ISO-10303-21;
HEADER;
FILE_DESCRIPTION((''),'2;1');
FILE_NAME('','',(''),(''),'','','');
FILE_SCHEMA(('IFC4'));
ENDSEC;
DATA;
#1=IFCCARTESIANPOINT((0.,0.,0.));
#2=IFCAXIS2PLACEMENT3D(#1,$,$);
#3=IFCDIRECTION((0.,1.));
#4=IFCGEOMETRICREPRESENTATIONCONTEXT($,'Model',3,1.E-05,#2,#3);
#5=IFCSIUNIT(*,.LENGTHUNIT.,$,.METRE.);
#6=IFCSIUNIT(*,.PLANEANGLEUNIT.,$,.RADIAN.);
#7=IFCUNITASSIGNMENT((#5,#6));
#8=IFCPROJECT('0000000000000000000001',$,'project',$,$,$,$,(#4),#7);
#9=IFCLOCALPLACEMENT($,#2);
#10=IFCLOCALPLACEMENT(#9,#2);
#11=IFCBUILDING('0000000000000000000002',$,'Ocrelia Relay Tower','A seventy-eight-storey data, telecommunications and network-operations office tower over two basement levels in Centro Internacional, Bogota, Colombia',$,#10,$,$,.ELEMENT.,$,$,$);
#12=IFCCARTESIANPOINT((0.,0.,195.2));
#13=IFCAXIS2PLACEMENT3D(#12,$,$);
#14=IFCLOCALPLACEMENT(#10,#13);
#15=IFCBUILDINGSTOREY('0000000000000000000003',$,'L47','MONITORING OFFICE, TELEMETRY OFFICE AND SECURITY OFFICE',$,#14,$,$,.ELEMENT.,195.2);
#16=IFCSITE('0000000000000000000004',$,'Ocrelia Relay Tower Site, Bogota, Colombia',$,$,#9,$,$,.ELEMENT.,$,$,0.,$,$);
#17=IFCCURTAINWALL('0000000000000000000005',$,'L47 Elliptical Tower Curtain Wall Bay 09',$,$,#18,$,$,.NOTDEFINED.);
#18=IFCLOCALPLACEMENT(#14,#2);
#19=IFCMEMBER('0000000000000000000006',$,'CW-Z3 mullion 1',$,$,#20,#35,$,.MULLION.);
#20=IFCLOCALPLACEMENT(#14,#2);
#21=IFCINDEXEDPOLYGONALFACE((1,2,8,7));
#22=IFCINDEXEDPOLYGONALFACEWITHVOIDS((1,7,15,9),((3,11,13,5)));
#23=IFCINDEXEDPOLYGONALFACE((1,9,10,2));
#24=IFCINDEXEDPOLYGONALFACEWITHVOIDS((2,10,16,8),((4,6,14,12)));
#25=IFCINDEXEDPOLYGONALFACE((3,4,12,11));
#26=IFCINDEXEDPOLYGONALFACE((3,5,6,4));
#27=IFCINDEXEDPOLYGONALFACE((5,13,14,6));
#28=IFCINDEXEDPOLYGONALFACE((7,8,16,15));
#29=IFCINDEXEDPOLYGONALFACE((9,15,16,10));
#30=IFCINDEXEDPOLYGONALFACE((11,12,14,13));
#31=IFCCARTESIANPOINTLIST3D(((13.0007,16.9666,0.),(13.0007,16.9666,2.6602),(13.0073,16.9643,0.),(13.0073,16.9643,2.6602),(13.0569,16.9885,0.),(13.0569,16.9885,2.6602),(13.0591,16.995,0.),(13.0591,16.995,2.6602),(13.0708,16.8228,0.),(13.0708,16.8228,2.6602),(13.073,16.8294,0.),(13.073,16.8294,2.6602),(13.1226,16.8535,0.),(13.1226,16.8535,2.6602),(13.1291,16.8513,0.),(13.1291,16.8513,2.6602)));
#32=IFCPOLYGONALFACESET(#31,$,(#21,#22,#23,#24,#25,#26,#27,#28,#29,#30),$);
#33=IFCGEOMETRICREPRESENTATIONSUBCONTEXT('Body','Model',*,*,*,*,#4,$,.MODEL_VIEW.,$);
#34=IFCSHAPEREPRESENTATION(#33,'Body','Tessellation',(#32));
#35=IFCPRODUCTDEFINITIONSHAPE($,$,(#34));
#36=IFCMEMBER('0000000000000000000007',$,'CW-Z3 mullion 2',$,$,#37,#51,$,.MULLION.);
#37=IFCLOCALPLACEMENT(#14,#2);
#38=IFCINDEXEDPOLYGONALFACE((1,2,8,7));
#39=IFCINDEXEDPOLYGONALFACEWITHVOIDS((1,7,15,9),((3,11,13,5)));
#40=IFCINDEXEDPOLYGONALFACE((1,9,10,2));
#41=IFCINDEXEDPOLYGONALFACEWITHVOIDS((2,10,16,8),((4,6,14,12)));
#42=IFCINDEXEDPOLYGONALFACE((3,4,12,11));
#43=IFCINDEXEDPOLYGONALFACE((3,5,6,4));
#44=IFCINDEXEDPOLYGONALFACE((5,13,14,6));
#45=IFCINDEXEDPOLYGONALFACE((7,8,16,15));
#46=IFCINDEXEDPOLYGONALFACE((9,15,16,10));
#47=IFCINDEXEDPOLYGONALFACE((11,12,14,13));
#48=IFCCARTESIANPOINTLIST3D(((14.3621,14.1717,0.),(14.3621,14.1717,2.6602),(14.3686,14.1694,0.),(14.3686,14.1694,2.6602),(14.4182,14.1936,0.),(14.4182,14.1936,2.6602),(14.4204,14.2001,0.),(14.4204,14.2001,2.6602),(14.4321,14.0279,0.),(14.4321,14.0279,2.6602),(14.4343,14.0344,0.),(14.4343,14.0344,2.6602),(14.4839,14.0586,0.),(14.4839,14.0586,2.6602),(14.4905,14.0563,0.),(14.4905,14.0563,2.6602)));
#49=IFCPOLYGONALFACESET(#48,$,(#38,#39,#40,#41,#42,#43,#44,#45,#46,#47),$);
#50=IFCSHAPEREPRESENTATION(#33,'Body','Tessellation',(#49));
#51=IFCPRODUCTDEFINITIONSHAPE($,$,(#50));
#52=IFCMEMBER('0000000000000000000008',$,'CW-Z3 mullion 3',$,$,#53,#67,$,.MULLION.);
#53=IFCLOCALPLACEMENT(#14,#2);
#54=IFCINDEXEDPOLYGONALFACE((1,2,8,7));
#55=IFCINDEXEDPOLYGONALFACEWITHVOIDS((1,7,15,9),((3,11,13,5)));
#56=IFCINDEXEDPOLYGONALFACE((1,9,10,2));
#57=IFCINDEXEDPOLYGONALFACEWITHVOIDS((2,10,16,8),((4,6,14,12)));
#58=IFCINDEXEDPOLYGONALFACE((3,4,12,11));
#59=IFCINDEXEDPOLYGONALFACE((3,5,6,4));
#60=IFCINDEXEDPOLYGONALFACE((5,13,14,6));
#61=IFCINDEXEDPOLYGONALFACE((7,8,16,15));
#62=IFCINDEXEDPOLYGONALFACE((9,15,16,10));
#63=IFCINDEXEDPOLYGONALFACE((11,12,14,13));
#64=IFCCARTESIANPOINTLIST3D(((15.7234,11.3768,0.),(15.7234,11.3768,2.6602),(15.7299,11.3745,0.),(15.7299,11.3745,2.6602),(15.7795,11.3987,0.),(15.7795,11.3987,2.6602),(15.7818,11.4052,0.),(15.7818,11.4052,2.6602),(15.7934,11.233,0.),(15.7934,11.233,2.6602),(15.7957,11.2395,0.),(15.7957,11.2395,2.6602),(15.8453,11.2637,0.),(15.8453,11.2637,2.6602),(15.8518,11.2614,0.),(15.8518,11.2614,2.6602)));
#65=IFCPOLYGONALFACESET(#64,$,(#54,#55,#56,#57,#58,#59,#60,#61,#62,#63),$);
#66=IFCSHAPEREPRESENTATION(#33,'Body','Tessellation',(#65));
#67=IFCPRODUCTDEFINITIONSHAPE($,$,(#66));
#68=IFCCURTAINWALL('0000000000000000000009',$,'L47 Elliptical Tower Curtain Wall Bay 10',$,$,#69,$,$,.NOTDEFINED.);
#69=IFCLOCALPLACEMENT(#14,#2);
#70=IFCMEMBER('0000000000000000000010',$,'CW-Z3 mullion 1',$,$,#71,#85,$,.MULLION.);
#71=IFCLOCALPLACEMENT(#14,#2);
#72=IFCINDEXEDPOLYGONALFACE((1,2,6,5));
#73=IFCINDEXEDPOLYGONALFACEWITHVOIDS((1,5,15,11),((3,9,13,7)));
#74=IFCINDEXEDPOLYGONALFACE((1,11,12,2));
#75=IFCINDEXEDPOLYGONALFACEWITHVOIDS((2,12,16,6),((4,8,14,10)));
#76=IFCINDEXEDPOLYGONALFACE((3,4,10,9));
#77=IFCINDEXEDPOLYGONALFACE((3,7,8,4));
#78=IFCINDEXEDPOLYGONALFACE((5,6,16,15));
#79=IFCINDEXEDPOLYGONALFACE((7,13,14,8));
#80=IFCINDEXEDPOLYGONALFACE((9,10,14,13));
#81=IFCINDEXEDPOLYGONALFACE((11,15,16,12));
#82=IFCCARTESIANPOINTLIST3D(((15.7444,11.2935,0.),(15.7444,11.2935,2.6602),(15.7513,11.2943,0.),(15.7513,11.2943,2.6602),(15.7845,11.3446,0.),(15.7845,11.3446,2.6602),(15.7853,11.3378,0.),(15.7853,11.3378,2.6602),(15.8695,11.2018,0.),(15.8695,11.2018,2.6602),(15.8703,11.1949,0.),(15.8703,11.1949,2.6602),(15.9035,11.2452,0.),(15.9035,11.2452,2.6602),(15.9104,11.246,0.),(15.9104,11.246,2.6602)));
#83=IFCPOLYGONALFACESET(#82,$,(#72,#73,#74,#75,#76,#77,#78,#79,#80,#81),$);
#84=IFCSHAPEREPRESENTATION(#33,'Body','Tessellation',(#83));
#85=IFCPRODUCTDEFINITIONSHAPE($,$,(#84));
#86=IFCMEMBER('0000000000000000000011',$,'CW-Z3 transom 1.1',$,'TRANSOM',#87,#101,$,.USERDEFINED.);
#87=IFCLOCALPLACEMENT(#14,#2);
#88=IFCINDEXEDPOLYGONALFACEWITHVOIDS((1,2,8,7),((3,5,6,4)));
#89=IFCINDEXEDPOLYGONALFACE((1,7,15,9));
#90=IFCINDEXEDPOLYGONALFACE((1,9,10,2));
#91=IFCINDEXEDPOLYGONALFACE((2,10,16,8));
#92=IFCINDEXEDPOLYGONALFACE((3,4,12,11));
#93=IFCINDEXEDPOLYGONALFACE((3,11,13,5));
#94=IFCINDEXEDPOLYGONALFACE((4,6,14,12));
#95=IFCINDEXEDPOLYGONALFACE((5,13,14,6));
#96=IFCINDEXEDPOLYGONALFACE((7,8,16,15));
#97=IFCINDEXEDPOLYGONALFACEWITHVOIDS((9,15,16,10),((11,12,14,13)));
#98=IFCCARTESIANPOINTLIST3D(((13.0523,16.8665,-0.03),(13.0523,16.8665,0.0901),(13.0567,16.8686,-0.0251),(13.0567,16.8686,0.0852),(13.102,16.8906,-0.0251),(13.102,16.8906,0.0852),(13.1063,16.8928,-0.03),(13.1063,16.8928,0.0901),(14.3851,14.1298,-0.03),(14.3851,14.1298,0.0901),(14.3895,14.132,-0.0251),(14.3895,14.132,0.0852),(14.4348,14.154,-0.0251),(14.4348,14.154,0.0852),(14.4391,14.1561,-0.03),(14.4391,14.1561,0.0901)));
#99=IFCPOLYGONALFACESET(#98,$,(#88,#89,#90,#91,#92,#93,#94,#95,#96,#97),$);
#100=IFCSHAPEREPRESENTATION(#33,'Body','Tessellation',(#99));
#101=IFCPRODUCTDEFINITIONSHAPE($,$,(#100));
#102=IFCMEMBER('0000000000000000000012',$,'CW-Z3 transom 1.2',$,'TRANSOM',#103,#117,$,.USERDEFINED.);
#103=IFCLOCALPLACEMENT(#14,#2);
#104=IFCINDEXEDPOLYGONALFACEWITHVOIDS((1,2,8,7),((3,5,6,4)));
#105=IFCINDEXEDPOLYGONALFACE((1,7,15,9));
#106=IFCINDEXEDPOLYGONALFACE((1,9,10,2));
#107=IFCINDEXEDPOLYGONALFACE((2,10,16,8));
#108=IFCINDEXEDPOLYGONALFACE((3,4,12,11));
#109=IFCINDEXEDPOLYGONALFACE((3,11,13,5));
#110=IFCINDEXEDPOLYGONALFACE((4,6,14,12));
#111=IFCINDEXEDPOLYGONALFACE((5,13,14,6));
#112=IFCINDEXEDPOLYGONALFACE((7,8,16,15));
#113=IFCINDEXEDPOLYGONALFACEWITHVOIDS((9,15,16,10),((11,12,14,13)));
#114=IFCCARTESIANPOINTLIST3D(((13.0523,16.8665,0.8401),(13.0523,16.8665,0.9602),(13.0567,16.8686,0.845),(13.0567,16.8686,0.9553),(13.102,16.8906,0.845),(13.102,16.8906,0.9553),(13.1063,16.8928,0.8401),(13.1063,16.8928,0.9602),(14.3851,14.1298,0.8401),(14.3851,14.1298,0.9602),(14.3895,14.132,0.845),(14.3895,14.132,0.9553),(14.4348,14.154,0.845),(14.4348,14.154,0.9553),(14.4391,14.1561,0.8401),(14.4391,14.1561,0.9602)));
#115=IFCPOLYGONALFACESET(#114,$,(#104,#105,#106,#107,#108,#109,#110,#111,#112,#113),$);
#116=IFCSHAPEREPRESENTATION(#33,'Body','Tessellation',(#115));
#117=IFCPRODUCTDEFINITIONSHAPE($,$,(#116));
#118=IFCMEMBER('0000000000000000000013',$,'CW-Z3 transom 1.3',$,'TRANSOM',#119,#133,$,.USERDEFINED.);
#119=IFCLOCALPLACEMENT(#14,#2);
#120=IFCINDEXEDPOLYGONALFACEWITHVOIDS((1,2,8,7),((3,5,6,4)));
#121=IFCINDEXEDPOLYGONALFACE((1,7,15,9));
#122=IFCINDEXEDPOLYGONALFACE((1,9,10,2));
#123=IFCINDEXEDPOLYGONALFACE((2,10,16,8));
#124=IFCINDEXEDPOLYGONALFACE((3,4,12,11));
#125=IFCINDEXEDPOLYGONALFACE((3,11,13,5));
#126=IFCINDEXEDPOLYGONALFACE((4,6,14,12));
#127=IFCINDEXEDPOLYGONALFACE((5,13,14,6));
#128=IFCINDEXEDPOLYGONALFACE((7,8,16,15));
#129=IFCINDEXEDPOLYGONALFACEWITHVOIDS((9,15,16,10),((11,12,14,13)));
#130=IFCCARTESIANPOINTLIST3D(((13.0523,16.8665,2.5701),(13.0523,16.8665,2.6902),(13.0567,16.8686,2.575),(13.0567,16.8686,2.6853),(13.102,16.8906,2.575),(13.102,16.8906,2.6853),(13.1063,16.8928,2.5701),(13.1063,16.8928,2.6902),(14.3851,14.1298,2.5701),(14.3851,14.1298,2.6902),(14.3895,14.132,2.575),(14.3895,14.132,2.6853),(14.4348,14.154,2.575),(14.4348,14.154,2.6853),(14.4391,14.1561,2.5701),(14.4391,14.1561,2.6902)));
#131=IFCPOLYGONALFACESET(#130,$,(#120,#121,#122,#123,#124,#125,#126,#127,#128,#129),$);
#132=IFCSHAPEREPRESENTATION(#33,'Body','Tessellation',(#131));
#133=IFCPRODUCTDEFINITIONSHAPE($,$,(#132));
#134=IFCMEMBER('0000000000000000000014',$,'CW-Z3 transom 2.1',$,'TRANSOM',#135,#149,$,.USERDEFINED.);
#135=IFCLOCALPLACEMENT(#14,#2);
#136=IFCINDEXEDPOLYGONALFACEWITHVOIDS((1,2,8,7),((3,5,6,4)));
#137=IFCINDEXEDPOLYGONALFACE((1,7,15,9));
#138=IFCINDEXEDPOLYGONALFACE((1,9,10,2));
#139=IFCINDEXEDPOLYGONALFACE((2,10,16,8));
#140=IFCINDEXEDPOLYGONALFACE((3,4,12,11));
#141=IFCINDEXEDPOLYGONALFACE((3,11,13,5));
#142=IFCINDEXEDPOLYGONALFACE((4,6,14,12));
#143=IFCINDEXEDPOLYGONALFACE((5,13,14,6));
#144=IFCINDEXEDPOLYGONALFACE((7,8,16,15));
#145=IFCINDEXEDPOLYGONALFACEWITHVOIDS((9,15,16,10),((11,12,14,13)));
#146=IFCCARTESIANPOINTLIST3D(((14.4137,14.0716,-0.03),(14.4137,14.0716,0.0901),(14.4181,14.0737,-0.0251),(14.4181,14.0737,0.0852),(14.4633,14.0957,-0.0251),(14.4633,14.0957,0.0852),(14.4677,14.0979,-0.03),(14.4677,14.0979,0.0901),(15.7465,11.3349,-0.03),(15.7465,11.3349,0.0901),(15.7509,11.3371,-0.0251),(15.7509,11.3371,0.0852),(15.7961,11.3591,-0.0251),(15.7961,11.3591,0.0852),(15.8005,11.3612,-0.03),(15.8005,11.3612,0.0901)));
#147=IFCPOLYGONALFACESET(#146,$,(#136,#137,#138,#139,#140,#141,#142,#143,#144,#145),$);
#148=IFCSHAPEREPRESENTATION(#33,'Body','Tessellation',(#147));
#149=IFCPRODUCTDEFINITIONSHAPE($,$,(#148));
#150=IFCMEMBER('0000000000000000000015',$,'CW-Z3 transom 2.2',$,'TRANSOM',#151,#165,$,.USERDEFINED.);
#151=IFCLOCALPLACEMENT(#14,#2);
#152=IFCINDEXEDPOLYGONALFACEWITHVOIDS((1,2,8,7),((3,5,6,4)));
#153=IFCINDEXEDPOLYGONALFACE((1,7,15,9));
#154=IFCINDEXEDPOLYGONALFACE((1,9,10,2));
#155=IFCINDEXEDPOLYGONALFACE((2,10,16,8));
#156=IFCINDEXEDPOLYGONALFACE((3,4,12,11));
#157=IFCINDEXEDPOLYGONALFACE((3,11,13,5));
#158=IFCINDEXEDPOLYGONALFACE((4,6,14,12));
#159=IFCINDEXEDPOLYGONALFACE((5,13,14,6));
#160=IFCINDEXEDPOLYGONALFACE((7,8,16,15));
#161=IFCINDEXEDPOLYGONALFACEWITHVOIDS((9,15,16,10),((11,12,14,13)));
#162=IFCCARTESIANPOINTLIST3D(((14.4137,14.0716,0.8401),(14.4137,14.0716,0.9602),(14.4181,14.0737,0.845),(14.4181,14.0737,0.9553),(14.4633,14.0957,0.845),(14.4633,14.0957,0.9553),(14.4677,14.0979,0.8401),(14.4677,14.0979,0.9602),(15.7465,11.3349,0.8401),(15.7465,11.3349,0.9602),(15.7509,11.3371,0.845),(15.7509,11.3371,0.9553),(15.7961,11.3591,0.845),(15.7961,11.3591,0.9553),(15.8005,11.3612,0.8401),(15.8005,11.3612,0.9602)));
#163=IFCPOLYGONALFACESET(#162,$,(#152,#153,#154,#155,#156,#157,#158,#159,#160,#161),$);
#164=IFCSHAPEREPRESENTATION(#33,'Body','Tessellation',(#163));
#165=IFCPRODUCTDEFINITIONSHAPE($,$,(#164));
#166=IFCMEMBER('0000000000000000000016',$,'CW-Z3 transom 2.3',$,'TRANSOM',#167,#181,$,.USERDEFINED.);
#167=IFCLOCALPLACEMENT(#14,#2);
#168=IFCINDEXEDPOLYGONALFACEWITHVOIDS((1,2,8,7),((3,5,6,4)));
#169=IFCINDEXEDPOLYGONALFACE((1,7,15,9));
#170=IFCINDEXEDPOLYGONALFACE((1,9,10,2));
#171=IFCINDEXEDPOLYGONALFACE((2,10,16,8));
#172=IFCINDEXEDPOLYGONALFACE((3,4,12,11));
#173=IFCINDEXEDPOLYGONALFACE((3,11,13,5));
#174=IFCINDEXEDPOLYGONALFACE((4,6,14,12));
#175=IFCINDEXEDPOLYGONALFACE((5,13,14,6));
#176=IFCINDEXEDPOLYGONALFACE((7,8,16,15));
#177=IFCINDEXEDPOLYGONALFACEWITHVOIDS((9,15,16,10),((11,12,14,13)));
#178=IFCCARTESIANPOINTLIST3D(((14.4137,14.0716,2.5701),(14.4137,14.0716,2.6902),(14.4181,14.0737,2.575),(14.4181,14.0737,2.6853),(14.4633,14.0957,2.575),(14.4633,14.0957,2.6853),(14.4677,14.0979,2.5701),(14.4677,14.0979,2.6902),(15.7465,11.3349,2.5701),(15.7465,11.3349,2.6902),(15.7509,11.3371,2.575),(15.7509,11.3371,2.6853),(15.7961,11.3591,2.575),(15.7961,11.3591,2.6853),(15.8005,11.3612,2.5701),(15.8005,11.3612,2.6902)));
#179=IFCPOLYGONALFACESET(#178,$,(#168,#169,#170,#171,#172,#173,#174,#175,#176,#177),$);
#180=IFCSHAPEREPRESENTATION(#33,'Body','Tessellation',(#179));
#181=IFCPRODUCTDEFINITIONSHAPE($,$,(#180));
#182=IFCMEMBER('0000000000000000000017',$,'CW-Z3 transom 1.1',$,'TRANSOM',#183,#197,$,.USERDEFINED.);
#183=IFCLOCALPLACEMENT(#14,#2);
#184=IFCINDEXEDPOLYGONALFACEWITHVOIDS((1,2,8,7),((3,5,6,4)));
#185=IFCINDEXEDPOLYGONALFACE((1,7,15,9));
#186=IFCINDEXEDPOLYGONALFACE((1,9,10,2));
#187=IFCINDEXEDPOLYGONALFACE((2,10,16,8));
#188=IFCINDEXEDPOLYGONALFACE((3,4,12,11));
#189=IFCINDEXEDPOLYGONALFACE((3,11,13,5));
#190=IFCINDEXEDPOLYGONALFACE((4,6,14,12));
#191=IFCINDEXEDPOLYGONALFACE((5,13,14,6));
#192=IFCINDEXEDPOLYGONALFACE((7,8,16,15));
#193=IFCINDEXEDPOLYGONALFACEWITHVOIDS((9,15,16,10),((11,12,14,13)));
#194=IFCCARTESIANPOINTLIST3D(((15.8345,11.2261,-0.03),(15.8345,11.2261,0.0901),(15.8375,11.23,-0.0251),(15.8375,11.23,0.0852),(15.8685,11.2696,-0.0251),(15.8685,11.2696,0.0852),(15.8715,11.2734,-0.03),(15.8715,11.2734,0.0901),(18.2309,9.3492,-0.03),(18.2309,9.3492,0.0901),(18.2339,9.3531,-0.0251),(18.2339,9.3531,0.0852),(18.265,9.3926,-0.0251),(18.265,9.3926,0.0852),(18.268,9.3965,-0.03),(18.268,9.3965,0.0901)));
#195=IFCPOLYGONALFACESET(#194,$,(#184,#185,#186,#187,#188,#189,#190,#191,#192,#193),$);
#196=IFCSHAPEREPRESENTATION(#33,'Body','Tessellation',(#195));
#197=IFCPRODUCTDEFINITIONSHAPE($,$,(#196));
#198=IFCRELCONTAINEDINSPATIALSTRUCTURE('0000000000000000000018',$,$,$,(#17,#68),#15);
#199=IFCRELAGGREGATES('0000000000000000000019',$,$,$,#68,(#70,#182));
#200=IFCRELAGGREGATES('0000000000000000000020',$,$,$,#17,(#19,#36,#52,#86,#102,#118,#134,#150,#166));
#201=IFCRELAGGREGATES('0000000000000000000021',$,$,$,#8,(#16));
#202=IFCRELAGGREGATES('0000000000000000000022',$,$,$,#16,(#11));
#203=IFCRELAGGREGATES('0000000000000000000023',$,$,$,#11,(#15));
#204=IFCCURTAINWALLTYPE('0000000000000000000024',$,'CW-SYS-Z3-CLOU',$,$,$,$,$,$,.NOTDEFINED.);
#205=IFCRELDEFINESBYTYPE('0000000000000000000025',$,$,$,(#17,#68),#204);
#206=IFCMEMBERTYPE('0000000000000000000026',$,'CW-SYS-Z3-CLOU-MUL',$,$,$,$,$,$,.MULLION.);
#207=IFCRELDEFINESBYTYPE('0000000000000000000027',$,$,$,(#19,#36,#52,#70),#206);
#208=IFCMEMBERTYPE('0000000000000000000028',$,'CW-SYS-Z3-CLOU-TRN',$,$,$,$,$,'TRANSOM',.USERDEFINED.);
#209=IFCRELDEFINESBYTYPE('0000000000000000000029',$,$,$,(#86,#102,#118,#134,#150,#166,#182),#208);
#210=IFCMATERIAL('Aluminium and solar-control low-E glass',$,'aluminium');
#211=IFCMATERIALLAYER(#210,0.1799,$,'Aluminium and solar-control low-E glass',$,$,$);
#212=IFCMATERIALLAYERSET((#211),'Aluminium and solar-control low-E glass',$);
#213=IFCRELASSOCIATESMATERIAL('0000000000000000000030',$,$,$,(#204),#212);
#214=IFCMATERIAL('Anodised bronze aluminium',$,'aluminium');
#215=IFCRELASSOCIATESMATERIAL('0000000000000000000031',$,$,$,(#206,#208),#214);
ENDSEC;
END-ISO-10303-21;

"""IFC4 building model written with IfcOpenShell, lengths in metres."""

from ifc_helpers import new_model, si_unit, direction, frame, origin, origin_2d, place, context, subcontext, project, spatial, hollow_rectangle, extrude, material, layer, layer_set, material_profile, profile_set, type_object, element, aggregate, save


model = new_model("IFC4")

# Units and contexts
model_context = context("Model", 3, precision=1e-05, world=origin(), true_north=direction((0.0, 1.0)))
body_context = subcontext(model_context, "Body", "Model", "MODEL_VIEW")
ifc_project = project(units=[si_unit("LENGTHUNIT", "METRE"), si_unit("PLANEANGLEUNIT", "RADIAN")], contexts=[model_context])

# Site, building, storey
site_placement = place(None, origin())
site = spatial("IfcSite", under=ifc_project, at=site_placement, Name="Ocrelia Relay Tower Site, Bogota, Colombia", CompositionType="ELEMENT", RefElevation=0.0)
building_placement = place(site_placement, origin())
building = spatial("IfcBuilding", under=site, at=building_placement, Name="Ocrelia Relay Tower", Description="A seventy-eight-storey data, telecommunications and network-operations office tower over two basement levels in Centro Internacional, Bogota, Colombia", CompositionType="ELEMENT")
storey_placement = place(building_placement, frame((0.0, 0.0, 195.2)))
storey = spatial("IfcBuildingStorey", under=building, at=storey_placement, Name="L47", Description="MONITORING OFFICE, TELEMETRY OFFICE AND SECURITY OFFICE", CompositionType="ELEMENT", Elevation=195.2)

# Curtain wall, members
ifc_material_1 = material(Name="Aluminium and solar-control low-E glass", Category="aluminium")
ifc_layer_1 = layer(ifc_material_1, 0.1799, Name="Aluminium and solar-control low-E glass")
ifc_layer_set_1 = layer_set([ifc_layer_1], Name="Aluminium and solar-control low-E glass")
curtain_wall_type = type_object("IfcCurtainWallType", Name="CW-SYS-Z3-CLOU", PredefinedType="NOTDEFINED", material=ifc_layer_set_1)
curtain_wall_1_placement = place(storey_placement, origin())
curtain_wall_1 = element("IfcCurtainWall", 1, at=curtain_wall_1_placement, inside=storey, type_object=curtain_wall_type, Name="L47 Elliptical Tower Curtain Wall Bay 09", PredefinedType="NOTDEFINED")
ifc_material_2 = material(Name="Anodised bronze aluminium", Category="aluminium")
ifc_material_profile_1 = material_profile(ifc_material_2, hollow_rectangle(XDim=0.0649, YDim=0.1599, WallThickness=0.0049, at=origin_2d()), Name="CW-MUL-160x65")
ifc_profile_set_1 = profile_set([ifc_material_profile_1], Name="Anodised bronze aluminium")
member_type_1 = type_object("IfcMemberType", Name="CW-SYS-Z3-CLOU-MUL", PredefinedType="MULLION", material=ifc_profile_set_1)
member_1_placement = place(storey_placement, frame((13.0649, 16.9089, 0.0), z_axis=(0.0, 0.0, 1.0), x_axis=(0.89903, 0.437888, 0.0)))
member_1 = element("IfcMember", 2, at=member_1_placement, type_object=member_type_1, Name="CW-Z3 mullion 1", PredefinedType="MULLION", context=body_context, shape_type="SweptSolid", body=[
    extrude(hollow_rectangle(XDim=0.0649, YDim=0.1599, WallThickness=0.0049, at=origin_2d()), origin(), (0.0, 0.0, 1.0), 2.6602),
])
member_2_placement = place(storey_placement, frame((14.4263, 14.114, 0.0), z_axis=(0.0, 0.0, 1.0), x_axis=(0.89903, 0.437888, 0.0)))
member_2 = element("IfcMember", 3, at=member_2_placement, type_object=member_type_1, Name="CW-Z3 mullion 2", PredefinedType="MULLION", context=body_context, shape_type="SweptSolid", body=[
    extrude(hollow_rectangle(XDim=0.0649, YDim=0.1599, WallThickness=0.0049, at=origin_2d()), origin(), (0.0, 0.0, 1.0), 2.6602),
])
member_3_placement = place(storey_placement, frame((15.7876, 11.3191, 0.0), z_axis=(0.0, 0.0, 1.0), x_axis=(0.89903, 0.437888, 0.0)))
member_3 = element("IfcMember", 4, at=member_3_placement, type_object=member_type_1, Name="CW-Z3 mullion 3", PredefinedType="MULLION", context=body_context, shape_type="SweptSolid", body=[
    extrude(hollow_rectangle(XDim=0.0649, YDim=0.1599, WallThickness=0.0049, at=origin_2d()), origin(), (0.0, 0.0, 1.0), 2.6602),
])

# Curtain wall, member
curtain_wall_2_placement = place(storey_placement, origin())
curtain_wall_2 = element("IfcCurtainWall", 5, at=curtain_wall_2_placement, inside=storey, type_object=curtain_wall_type, Name="L47 Elliptical Tower Curtain Wall Bay 10", PredefinedType="NOTDEFINED")
member_4_placement = place(storey_placement, frame((15.8274, 11.2698, 0.0), z_axis=(0.0, 0.0, 1.0), x_axis=(0.61662, 0.787261, 0.0)))
member_4 = element("IfcMember", 6, at=member_4_placement, type_object=member_type_1, Name="CW-Z3 mullion 1", PredefinedType="MULLION", context=body_context, shape_type="SweptSolid", body=[
    extrude(hollow_rectangle(XDim=0.0649, YDim=0.1599, WallThickness=0.0049, at=origin_2d()), origin(), (0.0, 0.0, 1.0), 2.6602),
])

# Members
ifc_material_profile_2 = material_profile(ifc_material_2, hollow_rectangle(XDim=0.0601, YDim=0.1201, WallThickness=0.0049, at=origin_2d()), Name="CW-TRN-120x60")
ifc_profile_set_2 = profile_set([ifc_material_profile_2], Name="Anodised bronze aluminium")
member_type_2 = type_object("IfcMemberType", Name="CW-SYS-Z3-CLOU-TRN", ElementType="TRANSOM", PredefinedType="USERDEFINED", material=ifc_profile_set_2)
member_5_placement = place(storey_placement, frame((13.0793, 16.8796, 0.03), z_axis=(0.437853, -0.899047, 0.0), x_axis=(0.899047, 0.437853, 0.0)))
member_5 = element("IfcMember", 7, at=member_5_placement, type_object=member_type_2, Name="CW-Z3 transom 1.1", ObjectType="TRANSOM", PredefinedType="USERDEFINED", context=body_context, shape_type="SweptSolid", body=[
    extrude(hollow_rectangle(XDim=0.0601, YDim=0.1201, WallThickness=0.0049, at=origin_2d()), origin(), (0.0, 0.0, 1.0), 3.0439),
])
member_6_placement = place(storey_placement, frame((13.0793, 16.8796, 0.9001), z_axis=(0.437853, -0.899047, 0.0), x_axis=(0.899047, 0.437853, 0.0)))
member_6 = element("IfcMember", 8, at=member_6_placement, type_object=member_type_2, Name="CW-Z3 transom 1.2", ObjectType="TRANSOM", PredefinedType="USERDEFINED", context=body_context, shape_type="SweptSolid", body=[
    extrude(hollow_rectangle(XDim=0.0601, YDim=0.1201, WallThickness=0.0049, at=origin_2d()), origin(), (0.0, 0.0, 1.0), 3.0439),
])
member_7_placement = place(storey_placement, frame((13.0793, 16.8796, 2.6301), z_axis=(0.437853, -0.899047, 0.0), x_axis=(0.899047, 0.437853, 0.0)))
member_7 = element("IfcMember", 9, at=member_7_placement, type_object=member_type_2, Name="CW-Z3 transom 1.3", ObjectType="TRANSOM", PredefinedType="USERDEFINED", context=body_context, shape_type="SweptSolid", body=[
    extrude(hollow_rectangle(XDim=0.0601, YDim=0.1201, WallThickness=0.0049, at=origin_2d()), origin(), (0.0, 0.0, 1.0), 3.0439),
])
member_8_placement = place(storey_placement, frame((14.4407, 14.0847, 0.03), z_axis=(0.437853, -0.899047, 0.0), x_axis=(0.899047, 0.437853, 0.0)))
member_8 = element("IfcMember", 10, at=member_8_placement, type_object=member_type_2, Name="CW-Z3 transom 2.1", ObjectType="TRANSOM", PredefinedType="USERDEFINED", context=body_context, shape_type="SweptSolid", body=[
    extrude(hollow_rectangle(XDim=0.0601, YDim=0.1201, WallThickness=0.0049, at=origin_2d()), origin(), (0.0, 0.0, 1.0), 3.0439),
])
member_9_placement = place(storey_placement, frame((14.4407, 14.0847, 0.9001), z_axis=(0.437853, -0.899047, 0.0), x_axis=(0.899047, 0.437853, 0.0)))
member_9 = element("IfcMember", 11, at=member_9_placement, type_object=member_type_2, Name="CW-Z3 transom 2.2", ObjectType="TRANSOM", PredefinedType="USERDEFINED", context=body_context, shape_type="SweptSolid", body=[
    extrude(hollow_rectangle(XDim=0.0601, YDim=0.1201, WallThickness=0.0049, at=origin_2d()), origin(), (0.0, 0.0, 1.0), 3.0439),
])
member_10_placement = place(storey_placement, frame((14.4407, 14.0847, 2.6301), z_axis=(0.437853, -0.899047, 0.0), x_axis=(0.899047, 0.437853, 0.0)))
member_10 = element("IfcMember", 12, at=member_10_placement, type_object=member_type_2, Name="CW-Z3 transom 2.3", ObjectType="TRANSOM", PredefinedType="USERDEFINED", context=body_context, shape_type="SweptSolid", body=[
    extrude(hollow_rectangle(XDim=0.0601, YDim=0.1201, WallThickness=0.0049, at=origin_2d()), origin(), (0.0, 0.0, 1.0), 3.0439),
])
member_11_placement = place(storey_placement, frame((15.853, 11.2498, 0.03), z_axis=(0.787275, -0.616602, 0.0), x_axis=(0.616602, 0.787275, 0.0)))
member_11 = element("IfcMember", 13, at=member_11_placement, type_object=member_type_2, Name="CW-Z3 transom 1.1", ObjectType="TRANSOM", PredefinedType="USERDEFINED", context=body_context, shape_type="SweptSolid", body=[
    extrude(hollow_rectangle(XDim=0.0601, YDim=0.1201, WallThickness=0.0049, at=origin_2d()), origin(), (0.0, 0.0, 1.0), 3.0439),
])
aggregate(curtain_wall_2, [member_4, member_11])

aggregate(curtain_wall_1, [member_1, member_2, member_3, member_5, member_6, member_7, member_8, member_9, member_10])

save(model, "model.ifc")
